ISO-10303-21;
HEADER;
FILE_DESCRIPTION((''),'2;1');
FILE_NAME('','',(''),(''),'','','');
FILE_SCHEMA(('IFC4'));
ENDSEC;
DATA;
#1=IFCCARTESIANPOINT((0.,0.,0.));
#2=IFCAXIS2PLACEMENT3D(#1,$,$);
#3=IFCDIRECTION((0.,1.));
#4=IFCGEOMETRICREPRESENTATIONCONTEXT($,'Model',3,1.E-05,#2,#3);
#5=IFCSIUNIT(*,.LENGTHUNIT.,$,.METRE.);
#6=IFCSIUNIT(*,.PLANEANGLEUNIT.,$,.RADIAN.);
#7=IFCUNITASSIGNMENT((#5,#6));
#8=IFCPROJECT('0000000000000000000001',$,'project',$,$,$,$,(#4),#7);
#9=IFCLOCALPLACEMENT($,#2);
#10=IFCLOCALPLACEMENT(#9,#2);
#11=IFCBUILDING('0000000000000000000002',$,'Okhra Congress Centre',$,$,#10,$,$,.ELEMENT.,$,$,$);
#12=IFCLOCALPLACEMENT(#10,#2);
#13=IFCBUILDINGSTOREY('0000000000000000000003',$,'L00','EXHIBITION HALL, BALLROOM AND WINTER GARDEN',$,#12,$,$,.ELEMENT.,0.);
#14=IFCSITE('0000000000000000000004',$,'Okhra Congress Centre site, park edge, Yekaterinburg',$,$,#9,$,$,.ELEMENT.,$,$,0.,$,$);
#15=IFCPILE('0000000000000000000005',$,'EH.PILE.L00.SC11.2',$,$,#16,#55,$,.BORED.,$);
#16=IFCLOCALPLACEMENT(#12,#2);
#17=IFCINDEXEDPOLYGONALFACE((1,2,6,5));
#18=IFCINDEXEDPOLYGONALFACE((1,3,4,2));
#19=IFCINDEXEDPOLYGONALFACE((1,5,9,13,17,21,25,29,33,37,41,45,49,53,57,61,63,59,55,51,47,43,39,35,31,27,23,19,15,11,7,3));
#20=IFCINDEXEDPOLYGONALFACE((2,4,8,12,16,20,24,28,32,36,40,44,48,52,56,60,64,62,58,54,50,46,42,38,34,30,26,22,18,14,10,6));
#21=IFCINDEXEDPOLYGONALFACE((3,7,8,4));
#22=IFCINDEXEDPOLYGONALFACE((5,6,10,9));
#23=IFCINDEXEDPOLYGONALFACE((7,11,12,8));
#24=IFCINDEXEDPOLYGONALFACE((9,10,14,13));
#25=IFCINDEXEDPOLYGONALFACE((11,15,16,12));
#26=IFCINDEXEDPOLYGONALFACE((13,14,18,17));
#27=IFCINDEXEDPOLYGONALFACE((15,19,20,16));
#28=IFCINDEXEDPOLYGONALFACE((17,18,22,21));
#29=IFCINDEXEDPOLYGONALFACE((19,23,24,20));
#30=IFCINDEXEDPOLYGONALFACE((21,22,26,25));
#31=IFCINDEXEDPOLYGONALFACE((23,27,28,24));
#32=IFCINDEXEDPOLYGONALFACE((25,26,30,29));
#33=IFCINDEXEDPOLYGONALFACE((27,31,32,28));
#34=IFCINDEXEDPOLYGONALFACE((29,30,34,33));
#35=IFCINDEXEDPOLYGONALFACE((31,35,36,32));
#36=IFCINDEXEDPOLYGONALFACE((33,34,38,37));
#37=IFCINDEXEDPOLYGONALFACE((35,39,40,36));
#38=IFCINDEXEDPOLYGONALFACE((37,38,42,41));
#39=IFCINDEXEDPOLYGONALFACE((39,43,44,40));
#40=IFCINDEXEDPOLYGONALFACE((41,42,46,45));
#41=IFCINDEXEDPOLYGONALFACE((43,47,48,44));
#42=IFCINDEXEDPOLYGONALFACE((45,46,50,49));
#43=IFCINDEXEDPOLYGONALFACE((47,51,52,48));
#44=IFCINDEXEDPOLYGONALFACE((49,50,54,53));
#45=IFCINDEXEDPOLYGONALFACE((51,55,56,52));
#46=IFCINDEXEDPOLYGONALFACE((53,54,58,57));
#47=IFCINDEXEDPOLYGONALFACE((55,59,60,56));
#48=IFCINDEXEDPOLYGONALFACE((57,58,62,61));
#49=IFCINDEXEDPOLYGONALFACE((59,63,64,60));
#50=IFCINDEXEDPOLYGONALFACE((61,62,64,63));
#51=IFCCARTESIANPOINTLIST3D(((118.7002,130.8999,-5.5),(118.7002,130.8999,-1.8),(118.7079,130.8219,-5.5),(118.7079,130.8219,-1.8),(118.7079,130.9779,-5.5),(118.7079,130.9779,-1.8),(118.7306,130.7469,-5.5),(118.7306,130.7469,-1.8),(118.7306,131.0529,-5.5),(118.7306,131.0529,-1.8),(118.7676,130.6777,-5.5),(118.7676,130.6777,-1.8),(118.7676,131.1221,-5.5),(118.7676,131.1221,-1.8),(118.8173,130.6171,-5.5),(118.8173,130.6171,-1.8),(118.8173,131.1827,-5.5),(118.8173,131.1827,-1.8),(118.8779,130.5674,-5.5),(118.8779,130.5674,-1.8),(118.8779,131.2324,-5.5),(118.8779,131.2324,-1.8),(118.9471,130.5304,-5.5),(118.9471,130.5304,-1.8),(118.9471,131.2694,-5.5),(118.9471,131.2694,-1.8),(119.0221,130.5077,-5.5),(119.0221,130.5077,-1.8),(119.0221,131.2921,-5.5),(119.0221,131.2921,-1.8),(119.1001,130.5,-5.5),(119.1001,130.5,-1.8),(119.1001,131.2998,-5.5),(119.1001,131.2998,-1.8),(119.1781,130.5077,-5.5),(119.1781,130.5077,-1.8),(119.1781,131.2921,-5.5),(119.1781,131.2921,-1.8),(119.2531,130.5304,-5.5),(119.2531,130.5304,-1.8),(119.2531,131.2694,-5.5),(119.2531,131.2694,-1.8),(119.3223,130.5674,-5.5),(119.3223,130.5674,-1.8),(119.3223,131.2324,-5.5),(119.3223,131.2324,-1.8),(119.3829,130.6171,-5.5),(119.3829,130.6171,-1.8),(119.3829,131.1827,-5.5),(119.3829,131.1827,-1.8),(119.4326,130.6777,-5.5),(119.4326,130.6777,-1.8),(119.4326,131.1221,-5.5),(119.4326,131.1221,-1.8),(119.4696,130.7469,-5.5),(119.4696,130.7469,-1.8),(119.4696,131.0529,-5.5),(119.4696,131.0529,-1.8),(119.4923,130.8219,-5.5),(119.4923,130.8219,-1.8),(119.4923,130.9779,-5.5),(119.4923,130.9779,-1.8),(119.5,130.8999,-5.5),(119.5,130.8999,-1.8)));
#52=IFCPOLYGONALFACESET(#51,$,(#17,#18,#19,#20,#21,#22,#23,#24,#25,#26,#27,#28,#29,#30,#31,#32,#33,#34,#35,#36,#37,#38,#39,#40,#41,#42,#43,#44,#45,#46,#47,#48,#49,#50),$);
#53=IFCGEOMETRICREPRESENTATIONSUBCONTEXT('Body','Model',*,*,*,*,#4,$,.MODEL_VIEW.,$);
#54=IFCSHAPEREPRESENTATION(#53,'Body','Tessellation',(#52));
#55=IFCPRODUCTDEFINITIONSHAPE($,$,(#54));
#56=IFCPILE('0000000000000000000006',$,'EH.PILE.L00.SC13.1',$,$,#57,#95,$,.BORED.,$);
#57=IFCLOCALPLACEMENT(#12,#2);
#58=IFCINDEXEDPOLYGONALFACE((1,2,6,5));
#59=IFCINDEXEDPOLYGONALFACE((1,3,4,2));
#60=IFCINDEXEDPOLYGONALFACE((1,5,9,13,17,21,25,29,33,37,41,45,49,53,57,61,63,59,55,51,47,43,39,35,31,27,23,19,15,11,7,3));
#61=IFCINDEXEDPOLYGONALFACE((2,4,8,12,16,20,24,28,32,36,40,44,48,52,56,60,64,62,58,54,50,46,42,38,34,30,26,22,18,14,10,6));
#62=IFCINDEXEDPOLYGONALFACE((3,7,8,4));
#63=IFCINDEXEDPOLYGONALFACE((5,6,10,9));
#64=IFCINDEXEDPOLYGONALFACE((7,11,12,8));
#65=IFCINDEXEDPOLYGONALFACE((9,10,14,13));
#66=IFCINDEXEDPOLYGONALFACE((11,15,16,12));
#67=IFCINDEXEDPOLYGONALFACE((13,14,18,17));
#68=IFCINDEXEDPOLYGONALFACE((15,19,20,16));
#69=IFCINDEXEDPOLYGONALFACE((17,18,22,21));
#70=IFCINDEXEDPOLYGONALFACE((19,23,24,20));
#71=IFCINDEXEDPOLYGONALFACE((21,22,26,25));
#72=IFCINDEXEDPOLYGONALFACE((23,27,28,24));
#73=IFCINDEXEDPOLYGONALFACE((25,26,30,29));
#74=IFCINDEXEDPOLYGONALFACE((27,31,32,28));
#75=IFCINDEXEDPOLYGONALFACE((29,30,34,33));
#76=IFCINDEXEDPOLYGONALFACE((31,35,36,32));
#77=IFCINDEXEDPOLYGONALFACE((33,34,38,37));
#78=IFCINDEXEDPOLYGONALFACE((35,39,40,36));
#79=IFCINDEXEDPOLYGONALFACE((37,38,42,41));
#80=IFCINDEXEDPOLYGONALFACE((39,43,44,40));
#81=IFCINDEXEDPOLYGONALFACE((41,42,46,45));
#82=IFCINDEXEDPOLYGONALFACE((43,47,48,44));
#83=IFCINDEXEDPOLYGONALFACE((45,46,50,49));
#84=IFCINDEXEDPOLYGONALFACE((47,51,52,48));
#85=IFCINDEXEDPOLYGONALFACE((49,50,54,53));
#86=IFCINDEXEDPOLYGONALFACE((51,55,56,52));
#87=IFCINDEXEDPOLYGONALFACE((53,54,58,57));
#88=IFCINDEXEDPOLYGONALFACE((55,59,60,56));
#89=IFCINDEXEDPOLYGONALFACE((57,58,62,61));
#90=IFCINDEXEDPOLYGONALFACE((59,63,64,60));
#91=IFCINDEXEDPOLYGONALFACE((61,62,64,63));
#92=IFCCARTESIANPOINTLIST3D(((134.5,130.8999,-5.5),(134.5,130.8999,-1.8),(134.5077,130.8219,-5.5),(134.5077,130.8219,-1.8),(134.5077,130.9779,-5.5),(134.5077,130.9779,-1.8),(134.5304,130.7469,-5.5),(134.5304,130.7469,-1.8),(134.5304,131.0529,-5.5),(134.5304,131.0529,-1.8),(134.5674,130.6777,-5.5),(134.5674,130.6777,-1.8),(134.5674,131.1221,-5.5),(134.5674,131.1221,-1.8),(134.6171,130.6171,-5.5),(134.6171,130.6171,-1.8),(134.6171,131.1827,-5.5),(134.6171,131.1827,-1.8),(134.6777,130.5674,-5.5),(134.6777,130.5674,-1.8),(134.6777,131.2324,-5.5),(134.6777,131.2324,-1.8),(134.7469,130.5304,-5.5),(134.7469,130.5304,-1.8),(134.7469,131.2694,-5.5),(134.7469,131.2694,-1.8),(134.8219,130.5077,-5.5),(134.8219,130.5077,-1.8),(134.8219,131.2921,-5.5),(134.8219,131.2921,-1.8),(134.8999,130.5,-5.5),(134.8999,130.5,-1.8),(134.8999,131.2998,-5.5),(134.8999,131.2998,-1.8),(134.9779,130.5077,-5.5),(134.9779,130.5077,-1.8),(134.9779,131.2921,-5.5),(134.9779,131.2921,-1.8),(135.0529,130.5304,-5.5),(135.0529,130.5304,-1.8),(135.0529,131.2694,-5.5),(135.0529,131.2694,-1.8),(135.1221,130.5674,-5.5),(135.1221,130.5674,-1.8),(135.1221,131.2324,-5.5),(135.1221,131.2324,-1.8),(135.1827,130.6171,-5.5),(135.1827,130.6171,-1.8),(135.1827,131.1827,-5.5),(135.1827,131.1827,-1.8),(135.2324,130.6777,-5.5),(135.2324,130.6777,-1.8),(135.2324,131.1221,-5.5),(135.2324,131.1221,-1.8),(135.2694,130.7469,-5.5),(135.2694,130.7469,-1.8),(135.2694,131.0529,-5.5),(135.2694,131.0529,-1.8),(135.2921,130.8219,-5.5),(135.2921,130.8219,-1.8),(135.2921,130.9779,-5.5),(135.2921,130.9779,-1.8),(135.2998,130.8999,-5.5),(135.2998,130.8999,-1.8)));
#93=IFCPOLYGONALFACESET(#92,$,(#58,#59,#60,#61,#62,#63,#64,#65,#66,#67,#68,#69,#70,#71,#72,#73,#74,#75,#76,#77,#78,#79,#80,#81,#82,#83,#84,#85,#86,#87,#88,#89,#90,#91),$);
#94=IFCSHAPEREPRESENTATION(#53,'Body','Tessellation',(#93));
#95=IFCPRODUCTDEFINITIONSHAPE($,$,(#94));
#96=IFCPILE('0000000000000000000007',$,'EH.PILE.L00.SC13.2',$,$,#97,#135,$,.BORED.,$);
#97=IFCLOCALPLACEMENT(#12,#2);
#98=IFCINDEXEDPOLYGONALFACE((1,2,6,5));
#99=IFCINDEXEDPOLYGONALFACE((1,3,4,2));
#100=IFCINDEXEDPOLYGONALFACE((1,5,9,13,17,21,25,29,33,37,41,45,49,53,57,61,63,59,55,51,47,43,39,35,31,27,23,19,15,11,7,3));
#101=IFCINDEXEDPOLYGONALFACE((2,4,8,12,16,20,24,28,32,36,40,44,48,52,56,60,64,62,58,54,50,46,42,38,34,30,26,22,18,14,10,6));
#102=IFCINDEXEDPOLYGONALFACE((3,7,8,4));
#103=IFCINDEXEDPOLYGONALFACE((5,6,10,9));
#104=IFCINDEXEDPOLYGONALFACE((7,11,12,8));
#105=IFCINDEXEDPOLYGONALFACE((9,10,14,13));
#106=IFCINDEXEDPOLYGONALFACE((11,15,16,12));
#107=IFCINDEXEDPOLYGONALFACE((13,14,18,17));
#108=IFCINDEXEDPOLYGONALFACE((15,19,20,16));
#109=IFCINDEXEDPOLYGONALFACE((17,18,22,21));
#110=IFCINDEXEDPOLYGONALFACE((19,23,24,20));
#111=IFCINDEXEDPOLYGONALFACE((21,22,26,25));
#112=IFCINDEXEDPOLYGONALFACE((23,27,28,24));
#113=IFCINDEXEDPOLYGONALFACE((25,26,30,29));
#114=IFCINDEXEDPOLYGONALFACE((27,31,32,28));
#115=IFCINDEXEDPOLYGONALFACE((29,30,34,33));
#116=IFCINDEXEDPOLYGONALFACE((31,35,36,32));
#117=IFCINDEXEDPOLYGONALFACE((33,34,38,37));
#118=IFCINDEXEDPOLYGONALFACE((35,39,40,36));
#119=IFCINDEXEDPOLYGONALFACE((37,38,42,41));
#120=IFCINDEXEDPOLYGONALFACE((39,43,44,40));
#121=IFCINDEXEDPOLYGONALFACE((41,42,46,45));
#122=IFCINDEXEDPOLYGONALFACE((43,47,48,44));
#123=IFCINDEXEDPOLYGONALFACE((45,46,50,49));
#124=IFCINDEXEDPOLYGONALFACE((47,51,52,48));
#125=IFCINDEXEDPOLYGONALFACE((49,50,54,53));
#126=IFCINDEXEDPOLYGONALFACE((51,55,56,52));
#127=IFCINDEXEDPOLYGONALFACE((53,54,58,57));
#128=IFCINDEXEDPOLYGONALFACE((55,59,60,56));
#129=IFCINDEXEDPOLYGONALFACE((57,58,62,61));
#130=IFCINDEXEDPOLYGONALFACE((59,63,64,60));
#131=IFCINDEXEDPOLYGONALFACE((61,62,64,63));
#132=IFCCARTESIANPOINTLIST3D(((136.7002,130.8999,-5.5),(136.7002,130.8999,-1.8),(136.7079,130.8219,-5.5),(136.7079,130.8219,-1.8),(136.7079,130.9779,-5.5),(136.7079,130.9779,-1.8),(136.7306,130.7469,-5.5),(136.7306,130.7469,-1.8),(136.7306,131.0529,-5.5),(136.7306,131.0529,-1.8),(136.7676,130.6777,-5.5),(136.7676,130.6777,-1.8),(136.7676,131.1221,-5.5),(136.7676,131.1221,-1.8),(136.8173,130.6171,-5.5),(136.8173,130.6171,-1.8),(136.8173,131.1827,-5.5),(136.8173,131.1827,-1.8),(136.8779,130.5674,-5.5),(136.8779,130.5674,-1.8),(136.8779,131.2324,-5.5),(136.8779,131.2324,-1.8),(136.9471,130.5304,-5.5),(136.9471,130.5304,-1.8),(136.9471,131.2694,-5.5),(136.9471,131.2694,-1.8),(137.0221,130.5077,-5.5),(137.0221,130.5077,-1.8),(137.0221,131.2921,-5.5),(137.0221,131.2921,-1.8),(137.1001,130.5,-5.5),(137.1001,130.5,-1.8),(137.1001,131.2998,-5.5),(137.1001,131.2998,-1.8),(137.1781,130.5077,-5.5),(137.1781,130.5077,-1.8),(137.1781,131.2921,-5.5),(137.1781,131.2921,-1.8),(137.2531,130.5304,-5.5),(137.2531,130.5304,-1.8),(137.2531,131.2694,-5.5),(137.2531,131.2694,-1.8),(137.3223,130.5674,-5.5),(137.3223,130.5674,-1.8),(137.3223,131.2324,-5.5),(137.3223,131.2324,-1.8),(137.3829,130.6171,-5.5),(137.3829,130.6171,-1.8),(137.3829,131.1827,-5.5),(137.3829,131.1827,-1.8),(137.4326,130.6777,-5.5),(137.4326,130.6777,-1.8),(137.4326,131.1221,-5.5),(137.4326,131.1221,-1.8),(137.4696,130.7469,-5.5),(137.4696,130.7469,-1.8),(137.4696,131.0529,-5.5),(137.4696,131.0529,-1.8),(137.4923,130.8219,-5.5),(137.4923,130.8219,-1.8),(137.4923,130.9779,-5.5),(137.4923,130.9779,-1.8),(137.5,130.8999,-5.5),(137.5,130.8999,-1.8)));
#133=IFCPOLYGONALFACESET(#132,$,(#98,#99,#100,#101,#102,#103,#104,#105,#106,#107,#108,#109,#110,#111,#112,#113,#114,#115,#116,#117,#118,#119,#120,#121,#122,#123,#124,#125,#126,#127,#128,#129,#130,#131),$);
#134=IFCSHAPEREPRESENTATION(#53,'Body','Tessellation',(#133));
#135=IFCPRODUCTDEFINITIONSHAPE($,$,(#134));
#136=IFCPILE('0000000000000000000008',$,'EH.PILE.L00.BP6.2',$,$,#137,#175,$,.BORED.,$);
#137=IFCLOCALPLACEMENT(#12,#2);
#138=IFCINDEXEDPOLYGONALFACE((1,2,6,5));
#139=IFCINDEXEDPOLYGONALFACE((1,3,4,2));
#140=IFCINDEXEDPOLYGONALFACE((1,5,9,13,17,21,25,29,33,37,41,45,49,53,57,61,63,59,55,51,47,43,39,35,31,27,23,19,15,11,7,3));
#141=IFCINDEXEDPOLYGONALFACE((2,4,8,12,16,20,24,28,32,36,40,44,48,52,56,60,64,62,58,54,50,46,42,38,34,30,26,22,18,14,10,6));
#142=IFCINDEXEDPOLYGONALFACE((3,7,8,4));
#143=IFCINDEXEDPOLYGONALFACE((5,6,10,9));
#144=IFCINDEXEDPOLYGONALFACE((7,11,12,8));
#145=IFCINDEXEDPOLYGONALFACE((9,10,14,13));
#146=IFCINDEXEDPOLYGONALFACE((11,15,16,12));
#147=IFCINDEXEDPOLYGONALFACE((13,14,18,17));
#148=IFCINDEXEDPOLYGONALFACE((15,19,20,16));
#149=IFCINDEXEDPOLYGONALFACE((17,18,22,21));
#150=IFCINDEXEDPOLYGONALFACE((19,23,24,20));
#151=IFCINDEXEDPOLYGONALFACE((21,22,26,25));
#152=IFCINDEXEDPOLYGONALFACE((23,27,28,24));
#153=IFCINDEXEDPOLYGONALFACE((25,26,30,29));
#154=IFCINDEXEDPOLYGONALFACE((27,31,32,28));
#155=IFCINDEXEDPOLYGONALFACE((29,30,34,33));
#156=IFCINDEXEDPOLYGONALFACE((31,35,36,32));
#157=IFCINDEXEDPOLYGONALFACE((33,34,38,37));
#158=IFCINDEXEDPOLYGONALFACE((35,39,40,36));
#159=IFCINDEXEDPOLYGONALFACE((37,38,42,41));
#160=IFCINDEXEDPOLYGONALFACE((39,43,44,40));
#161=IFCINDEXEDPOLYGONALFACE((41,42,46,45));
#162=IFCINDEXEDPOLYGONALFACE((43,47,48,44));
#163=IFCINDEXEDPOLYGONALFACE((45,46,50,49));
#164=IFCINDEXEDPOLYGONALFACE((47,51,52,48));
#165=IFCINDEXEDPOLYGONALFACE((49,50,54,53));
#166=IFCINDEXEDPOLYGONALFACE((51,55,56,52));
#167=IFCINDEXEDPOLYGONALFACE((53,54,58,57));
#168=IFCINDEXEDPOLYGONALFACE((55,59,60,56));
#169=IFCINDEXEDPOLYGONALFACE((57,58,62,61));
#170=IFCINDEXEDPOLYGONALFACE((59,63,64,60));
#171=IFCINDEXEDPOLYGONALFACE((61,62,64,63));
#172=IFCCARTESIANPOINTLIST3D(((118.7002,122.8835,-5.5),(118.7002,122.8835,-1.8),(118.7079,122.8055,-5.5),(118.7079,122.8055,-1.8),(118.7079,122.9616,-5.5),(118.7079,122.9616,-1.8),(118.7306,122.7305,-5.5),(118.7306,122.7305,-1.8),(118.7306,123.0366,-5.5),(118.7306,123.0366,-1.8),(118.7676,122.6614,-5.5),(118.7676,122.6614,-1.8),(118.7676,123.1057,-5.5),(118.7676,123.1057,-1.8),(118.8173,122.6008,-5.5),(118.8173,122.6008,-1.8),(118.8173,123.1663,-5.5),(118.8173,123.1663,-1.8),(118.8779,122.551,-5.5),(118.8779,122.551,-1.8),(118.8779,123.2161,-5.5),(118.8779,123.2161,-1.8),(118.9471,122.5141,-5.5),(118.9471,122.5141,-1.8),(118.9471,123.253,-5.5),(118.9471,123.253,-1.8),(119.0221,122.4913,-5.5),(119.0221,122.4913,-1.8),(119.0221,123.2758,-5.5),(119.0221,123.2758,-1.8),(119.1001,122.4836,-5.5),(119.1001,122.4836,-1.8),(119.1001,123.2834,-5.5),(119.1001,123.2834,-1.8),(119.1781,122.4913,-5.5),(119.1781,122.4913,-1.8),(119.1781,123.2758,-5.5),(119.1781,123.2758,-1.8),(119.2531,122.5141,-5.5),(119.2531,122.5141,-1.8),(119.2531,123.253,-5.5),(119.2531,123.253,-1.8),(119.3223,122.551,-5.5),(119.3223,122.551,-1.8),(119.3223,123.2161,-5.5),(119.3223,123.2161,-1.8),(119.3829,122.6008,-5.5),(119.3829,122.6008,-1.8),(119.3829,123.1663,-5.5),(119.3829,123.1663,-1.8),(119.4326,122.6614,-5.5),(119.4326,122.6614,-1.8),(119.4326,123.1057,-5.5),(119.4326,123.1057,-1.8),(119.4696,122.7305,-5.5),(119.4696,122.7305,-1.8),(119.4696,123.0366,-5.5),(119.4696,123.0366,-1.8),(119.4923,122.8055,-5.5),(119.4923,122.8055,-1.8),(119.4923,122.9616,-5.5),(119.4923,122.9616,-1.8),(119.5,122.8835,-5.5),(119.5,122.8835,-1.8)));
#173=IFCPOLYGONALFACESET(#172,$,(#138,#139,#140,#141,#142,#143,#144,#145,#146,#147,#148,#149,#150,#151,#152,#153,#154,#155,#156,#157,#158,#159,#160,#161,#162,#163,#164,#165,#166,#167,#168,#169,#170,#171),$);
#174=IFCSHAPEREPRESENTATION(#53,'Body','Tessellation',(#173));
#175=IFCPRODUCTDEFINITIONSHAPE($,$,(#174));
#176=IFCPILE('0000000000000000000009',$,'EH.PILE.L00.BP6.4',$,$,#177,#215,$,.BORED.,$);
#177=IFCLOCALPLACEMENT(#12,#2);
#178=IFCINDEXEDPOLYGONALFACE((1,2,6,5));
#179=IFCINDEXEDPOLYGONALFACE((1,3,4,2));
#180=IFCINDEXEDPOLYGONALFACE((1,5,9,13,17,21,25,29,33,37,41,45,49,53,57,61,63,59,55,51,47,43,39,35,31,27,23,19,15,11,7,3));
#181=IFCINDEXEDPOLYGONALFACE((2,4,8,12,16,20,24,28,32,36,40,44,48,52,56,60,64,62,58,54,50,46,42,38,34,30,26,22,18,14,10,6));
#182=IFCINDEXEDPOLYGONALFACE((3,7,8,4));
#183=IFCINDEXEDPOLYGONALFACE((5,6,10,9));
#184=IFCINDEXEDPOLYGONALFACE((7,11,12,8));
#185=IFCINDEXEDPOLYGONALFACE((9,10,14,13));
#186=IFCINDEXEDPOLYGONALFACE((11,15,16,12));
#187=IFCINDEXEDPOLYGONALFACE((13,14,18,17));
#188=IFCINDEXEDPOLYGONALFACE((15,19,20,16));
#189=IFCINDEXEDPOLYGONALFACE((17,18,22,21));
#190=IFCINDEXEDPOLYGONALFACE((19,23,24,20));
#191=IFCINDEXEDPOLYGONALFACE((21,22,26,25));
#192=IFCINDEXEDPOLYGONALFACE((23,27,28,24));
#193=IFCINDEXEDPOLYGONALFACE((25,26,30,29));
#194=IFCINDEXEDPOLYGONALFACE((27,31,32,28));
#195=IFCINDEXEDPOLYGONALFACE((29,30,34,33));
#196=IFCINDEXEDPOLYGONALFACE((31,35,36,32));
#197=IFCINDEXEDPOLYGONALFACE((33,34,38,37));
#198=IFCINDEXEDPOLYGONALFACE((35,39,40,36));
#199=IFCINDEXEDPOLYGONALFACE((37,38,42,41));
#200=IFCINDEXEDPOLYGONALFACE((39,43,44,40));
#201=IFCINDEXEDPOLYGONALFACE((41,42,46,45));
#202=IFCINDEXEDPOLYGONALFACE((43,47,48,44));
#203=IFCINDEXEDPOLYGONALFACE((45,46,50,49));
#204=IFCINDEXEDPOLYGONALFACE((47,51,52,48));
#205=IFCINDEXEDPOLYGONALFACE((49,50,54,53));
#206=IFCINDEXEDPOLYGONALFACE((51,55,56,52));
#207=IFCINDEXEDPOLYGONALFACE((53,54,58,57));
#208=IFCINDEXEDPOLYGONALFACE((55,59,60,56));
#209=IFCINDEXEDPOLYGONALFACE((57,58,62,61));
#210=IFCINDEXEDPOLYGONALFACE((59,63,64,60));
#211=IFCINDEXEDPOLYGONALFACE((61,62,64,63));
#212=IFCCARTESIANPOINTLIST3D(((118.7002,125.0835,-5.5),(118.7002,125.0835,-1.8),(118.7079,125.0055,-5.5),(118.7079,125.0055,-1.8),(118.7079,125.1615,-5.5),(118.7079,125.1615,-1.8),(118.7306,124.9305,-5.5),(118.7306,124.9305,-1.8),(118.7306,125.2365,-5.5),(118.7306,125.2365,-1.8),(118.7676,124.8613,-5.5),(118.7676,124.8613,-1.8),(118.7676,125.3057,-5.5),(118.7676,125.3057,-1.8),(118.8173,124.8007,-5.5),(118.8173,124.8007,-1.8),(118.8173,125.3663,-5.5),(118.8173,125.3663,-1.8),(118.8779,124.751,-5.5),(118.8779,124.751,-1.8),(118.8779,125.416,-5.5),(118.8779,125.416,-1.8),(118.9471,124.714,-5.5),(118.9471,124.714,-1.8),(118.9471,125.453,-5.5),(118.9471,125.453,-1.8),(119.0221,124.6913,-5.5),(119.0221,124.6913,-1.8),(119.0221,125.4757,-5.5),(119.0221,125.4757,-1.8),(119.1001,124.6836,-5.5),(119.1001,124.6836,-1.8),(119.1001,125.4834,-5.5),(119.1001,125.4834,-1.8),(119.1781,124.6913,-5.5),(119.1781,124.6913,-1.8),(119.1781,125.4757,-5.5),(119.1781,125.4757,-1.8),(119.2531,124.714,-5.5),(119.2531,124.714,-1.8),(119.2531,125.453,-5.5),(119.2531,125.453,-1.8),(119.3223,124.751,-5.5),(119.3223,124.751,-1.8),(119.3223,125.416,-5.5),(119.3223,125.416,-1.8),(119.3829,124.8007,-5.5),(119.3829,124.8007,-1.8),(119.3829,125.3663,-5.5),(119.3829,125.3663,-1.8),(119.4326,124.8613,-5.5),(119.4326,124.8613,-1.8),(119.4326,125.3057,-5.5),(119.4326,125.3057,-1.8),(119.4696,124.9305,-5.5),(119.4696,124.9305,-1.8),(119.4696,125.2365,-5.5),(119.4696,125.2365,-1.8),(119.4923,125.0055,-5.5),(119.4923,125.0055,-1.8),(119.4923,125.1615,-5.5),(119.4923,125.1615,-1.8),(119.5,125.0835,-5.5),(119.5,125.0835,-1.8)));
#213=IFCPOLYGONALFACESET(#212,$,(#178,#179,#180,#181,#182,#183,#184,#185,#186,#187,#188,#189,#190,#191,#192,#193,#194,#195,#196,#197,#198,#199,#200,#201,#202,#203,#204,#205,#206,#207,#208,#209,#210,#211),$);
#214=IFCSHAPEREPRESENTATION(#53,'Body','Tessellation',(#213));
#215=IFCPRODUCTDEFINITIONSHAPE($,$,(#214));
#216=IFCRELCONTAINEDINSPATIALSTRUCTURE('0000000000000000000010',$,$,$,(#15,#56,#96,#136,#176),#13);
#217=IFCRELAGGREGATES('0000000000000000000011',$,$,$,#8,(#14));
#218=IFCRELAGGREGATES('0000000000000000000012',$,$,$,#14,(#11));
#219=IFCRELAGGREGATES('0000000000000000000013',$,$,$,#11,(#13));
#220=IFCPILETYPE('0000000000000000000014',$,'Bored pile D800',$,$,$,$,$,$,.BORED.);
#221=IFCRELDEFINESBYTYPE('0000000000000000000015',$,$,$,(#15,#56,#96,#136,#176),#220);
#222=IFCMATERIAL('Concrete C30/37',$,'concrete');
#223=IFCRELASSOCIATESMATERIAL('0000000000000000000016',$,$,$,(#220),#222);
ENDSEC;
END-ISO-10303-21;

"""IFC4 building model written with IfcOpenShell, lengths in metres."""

from ifc_helpers import new_model, si_unit, direction, frame, origin, origin_2d, place, context, subcontext, project, spatial, circle, extrude, material, material_profile, profile_set, type_object, element, save


model = new_model("IFC4")

# Units and contexts
model_context = context("Model", 3, precision=1e-05, world=origin(), true_north=direction((0.0, 1.0)))
body_context = subcontext(model_context, "Body", "Model", "MODEL_VIEW")
ifc_project = project(units=[si_unit("LENGTHUNIT", "METRE"), si_unit("PLANEANGLEUNIT", "RADIAN")], contexts=[model_context])

# Site, building, storey
site_placement = place(None, origin())
site = spatial("IfcSite", under=ifc_project, at=site_placement, Name="Okhra Congress Centre site, park edge, Yekaterinburg", CompositionType="ELEMENT", RefElevation=0.0)
building_placement = place(site_placement, origin())
building = spatial("IfcBuilding", under=site, at=building_placement, Name="Okhra Congress Centre", CompositionType="ELEMENT")
storey_placement = place(building_placement, origin())
storey = spatial("IfcBuildingStorey", under=building, at=storey_placement, Name="L00", Description="EXHIBITION HALL, BALLROOM AND WINTER GARDEN", CompositionType="ELEMENT", Elevation=0.0)

# Piles
ifc_material_1 = material(Name="Concrete C30/37", Category="concrete")
ifc_material_profile_1 = material_profile(ifc_material_1, circle(Radius=0.3999, at=origin_2d()), Name="D800")
ifc_profile_set_1 = profile_set([ifc_material_profile_1], Name="Concrete C30/37")
pile_type_1 = type_object("IfcPileType", Name="Bored pile D800", PredefinedType="BORED", material=ifc_profile_set_1)
for number, where, z_axis, x_axis, name in (
    (1, (119.1001, 130.8999, -1.8), (0.0, 0.0, -1.0), (1.0, 0.0, 0.0), "EH.PILE.L00.SC11.2"),
    (2, (134.8999, 130.8999, -1.8), (0.0, 0.0, -1.0), (1.0, 0.0, 0.0), "EH.PILE.L00.SC13.1"),
    (3, (137.1001, 130.8999, -1.8), (0.0, 0.0, -1.0), (1.0, 0.0, 0.0), "EH.PILE.L00.SC13.2"),
    (4, (119.1001, 122.8835, -1.8), (0.0, 0.0, -1.0), (1.0, 0.0, 0.0), "EH.PILE.L00.BP6.2"),
    (5, (119.1001, 125.0835, -1.8), (0.0, 0.0, -1.0), (1.0, 0.0, 0.0), "EH.PILE.L00.BP6.4"),
):
    element("IfcPile", number, at=place(storey_placement, frame(where, z_axis=z_axis, x_axis=x_axis)), inside=storey, type_object=pile_type_1, Name=name, PredefinedType="BORED", context=body_context, shape_type="SweptSolid", body=[
        extrude(circle(Radius=0.3999, at=origin_2d()), origin(), (0.0, 0.0, 1.0), 3.7),
    ])

save(model, "model.ifc")
